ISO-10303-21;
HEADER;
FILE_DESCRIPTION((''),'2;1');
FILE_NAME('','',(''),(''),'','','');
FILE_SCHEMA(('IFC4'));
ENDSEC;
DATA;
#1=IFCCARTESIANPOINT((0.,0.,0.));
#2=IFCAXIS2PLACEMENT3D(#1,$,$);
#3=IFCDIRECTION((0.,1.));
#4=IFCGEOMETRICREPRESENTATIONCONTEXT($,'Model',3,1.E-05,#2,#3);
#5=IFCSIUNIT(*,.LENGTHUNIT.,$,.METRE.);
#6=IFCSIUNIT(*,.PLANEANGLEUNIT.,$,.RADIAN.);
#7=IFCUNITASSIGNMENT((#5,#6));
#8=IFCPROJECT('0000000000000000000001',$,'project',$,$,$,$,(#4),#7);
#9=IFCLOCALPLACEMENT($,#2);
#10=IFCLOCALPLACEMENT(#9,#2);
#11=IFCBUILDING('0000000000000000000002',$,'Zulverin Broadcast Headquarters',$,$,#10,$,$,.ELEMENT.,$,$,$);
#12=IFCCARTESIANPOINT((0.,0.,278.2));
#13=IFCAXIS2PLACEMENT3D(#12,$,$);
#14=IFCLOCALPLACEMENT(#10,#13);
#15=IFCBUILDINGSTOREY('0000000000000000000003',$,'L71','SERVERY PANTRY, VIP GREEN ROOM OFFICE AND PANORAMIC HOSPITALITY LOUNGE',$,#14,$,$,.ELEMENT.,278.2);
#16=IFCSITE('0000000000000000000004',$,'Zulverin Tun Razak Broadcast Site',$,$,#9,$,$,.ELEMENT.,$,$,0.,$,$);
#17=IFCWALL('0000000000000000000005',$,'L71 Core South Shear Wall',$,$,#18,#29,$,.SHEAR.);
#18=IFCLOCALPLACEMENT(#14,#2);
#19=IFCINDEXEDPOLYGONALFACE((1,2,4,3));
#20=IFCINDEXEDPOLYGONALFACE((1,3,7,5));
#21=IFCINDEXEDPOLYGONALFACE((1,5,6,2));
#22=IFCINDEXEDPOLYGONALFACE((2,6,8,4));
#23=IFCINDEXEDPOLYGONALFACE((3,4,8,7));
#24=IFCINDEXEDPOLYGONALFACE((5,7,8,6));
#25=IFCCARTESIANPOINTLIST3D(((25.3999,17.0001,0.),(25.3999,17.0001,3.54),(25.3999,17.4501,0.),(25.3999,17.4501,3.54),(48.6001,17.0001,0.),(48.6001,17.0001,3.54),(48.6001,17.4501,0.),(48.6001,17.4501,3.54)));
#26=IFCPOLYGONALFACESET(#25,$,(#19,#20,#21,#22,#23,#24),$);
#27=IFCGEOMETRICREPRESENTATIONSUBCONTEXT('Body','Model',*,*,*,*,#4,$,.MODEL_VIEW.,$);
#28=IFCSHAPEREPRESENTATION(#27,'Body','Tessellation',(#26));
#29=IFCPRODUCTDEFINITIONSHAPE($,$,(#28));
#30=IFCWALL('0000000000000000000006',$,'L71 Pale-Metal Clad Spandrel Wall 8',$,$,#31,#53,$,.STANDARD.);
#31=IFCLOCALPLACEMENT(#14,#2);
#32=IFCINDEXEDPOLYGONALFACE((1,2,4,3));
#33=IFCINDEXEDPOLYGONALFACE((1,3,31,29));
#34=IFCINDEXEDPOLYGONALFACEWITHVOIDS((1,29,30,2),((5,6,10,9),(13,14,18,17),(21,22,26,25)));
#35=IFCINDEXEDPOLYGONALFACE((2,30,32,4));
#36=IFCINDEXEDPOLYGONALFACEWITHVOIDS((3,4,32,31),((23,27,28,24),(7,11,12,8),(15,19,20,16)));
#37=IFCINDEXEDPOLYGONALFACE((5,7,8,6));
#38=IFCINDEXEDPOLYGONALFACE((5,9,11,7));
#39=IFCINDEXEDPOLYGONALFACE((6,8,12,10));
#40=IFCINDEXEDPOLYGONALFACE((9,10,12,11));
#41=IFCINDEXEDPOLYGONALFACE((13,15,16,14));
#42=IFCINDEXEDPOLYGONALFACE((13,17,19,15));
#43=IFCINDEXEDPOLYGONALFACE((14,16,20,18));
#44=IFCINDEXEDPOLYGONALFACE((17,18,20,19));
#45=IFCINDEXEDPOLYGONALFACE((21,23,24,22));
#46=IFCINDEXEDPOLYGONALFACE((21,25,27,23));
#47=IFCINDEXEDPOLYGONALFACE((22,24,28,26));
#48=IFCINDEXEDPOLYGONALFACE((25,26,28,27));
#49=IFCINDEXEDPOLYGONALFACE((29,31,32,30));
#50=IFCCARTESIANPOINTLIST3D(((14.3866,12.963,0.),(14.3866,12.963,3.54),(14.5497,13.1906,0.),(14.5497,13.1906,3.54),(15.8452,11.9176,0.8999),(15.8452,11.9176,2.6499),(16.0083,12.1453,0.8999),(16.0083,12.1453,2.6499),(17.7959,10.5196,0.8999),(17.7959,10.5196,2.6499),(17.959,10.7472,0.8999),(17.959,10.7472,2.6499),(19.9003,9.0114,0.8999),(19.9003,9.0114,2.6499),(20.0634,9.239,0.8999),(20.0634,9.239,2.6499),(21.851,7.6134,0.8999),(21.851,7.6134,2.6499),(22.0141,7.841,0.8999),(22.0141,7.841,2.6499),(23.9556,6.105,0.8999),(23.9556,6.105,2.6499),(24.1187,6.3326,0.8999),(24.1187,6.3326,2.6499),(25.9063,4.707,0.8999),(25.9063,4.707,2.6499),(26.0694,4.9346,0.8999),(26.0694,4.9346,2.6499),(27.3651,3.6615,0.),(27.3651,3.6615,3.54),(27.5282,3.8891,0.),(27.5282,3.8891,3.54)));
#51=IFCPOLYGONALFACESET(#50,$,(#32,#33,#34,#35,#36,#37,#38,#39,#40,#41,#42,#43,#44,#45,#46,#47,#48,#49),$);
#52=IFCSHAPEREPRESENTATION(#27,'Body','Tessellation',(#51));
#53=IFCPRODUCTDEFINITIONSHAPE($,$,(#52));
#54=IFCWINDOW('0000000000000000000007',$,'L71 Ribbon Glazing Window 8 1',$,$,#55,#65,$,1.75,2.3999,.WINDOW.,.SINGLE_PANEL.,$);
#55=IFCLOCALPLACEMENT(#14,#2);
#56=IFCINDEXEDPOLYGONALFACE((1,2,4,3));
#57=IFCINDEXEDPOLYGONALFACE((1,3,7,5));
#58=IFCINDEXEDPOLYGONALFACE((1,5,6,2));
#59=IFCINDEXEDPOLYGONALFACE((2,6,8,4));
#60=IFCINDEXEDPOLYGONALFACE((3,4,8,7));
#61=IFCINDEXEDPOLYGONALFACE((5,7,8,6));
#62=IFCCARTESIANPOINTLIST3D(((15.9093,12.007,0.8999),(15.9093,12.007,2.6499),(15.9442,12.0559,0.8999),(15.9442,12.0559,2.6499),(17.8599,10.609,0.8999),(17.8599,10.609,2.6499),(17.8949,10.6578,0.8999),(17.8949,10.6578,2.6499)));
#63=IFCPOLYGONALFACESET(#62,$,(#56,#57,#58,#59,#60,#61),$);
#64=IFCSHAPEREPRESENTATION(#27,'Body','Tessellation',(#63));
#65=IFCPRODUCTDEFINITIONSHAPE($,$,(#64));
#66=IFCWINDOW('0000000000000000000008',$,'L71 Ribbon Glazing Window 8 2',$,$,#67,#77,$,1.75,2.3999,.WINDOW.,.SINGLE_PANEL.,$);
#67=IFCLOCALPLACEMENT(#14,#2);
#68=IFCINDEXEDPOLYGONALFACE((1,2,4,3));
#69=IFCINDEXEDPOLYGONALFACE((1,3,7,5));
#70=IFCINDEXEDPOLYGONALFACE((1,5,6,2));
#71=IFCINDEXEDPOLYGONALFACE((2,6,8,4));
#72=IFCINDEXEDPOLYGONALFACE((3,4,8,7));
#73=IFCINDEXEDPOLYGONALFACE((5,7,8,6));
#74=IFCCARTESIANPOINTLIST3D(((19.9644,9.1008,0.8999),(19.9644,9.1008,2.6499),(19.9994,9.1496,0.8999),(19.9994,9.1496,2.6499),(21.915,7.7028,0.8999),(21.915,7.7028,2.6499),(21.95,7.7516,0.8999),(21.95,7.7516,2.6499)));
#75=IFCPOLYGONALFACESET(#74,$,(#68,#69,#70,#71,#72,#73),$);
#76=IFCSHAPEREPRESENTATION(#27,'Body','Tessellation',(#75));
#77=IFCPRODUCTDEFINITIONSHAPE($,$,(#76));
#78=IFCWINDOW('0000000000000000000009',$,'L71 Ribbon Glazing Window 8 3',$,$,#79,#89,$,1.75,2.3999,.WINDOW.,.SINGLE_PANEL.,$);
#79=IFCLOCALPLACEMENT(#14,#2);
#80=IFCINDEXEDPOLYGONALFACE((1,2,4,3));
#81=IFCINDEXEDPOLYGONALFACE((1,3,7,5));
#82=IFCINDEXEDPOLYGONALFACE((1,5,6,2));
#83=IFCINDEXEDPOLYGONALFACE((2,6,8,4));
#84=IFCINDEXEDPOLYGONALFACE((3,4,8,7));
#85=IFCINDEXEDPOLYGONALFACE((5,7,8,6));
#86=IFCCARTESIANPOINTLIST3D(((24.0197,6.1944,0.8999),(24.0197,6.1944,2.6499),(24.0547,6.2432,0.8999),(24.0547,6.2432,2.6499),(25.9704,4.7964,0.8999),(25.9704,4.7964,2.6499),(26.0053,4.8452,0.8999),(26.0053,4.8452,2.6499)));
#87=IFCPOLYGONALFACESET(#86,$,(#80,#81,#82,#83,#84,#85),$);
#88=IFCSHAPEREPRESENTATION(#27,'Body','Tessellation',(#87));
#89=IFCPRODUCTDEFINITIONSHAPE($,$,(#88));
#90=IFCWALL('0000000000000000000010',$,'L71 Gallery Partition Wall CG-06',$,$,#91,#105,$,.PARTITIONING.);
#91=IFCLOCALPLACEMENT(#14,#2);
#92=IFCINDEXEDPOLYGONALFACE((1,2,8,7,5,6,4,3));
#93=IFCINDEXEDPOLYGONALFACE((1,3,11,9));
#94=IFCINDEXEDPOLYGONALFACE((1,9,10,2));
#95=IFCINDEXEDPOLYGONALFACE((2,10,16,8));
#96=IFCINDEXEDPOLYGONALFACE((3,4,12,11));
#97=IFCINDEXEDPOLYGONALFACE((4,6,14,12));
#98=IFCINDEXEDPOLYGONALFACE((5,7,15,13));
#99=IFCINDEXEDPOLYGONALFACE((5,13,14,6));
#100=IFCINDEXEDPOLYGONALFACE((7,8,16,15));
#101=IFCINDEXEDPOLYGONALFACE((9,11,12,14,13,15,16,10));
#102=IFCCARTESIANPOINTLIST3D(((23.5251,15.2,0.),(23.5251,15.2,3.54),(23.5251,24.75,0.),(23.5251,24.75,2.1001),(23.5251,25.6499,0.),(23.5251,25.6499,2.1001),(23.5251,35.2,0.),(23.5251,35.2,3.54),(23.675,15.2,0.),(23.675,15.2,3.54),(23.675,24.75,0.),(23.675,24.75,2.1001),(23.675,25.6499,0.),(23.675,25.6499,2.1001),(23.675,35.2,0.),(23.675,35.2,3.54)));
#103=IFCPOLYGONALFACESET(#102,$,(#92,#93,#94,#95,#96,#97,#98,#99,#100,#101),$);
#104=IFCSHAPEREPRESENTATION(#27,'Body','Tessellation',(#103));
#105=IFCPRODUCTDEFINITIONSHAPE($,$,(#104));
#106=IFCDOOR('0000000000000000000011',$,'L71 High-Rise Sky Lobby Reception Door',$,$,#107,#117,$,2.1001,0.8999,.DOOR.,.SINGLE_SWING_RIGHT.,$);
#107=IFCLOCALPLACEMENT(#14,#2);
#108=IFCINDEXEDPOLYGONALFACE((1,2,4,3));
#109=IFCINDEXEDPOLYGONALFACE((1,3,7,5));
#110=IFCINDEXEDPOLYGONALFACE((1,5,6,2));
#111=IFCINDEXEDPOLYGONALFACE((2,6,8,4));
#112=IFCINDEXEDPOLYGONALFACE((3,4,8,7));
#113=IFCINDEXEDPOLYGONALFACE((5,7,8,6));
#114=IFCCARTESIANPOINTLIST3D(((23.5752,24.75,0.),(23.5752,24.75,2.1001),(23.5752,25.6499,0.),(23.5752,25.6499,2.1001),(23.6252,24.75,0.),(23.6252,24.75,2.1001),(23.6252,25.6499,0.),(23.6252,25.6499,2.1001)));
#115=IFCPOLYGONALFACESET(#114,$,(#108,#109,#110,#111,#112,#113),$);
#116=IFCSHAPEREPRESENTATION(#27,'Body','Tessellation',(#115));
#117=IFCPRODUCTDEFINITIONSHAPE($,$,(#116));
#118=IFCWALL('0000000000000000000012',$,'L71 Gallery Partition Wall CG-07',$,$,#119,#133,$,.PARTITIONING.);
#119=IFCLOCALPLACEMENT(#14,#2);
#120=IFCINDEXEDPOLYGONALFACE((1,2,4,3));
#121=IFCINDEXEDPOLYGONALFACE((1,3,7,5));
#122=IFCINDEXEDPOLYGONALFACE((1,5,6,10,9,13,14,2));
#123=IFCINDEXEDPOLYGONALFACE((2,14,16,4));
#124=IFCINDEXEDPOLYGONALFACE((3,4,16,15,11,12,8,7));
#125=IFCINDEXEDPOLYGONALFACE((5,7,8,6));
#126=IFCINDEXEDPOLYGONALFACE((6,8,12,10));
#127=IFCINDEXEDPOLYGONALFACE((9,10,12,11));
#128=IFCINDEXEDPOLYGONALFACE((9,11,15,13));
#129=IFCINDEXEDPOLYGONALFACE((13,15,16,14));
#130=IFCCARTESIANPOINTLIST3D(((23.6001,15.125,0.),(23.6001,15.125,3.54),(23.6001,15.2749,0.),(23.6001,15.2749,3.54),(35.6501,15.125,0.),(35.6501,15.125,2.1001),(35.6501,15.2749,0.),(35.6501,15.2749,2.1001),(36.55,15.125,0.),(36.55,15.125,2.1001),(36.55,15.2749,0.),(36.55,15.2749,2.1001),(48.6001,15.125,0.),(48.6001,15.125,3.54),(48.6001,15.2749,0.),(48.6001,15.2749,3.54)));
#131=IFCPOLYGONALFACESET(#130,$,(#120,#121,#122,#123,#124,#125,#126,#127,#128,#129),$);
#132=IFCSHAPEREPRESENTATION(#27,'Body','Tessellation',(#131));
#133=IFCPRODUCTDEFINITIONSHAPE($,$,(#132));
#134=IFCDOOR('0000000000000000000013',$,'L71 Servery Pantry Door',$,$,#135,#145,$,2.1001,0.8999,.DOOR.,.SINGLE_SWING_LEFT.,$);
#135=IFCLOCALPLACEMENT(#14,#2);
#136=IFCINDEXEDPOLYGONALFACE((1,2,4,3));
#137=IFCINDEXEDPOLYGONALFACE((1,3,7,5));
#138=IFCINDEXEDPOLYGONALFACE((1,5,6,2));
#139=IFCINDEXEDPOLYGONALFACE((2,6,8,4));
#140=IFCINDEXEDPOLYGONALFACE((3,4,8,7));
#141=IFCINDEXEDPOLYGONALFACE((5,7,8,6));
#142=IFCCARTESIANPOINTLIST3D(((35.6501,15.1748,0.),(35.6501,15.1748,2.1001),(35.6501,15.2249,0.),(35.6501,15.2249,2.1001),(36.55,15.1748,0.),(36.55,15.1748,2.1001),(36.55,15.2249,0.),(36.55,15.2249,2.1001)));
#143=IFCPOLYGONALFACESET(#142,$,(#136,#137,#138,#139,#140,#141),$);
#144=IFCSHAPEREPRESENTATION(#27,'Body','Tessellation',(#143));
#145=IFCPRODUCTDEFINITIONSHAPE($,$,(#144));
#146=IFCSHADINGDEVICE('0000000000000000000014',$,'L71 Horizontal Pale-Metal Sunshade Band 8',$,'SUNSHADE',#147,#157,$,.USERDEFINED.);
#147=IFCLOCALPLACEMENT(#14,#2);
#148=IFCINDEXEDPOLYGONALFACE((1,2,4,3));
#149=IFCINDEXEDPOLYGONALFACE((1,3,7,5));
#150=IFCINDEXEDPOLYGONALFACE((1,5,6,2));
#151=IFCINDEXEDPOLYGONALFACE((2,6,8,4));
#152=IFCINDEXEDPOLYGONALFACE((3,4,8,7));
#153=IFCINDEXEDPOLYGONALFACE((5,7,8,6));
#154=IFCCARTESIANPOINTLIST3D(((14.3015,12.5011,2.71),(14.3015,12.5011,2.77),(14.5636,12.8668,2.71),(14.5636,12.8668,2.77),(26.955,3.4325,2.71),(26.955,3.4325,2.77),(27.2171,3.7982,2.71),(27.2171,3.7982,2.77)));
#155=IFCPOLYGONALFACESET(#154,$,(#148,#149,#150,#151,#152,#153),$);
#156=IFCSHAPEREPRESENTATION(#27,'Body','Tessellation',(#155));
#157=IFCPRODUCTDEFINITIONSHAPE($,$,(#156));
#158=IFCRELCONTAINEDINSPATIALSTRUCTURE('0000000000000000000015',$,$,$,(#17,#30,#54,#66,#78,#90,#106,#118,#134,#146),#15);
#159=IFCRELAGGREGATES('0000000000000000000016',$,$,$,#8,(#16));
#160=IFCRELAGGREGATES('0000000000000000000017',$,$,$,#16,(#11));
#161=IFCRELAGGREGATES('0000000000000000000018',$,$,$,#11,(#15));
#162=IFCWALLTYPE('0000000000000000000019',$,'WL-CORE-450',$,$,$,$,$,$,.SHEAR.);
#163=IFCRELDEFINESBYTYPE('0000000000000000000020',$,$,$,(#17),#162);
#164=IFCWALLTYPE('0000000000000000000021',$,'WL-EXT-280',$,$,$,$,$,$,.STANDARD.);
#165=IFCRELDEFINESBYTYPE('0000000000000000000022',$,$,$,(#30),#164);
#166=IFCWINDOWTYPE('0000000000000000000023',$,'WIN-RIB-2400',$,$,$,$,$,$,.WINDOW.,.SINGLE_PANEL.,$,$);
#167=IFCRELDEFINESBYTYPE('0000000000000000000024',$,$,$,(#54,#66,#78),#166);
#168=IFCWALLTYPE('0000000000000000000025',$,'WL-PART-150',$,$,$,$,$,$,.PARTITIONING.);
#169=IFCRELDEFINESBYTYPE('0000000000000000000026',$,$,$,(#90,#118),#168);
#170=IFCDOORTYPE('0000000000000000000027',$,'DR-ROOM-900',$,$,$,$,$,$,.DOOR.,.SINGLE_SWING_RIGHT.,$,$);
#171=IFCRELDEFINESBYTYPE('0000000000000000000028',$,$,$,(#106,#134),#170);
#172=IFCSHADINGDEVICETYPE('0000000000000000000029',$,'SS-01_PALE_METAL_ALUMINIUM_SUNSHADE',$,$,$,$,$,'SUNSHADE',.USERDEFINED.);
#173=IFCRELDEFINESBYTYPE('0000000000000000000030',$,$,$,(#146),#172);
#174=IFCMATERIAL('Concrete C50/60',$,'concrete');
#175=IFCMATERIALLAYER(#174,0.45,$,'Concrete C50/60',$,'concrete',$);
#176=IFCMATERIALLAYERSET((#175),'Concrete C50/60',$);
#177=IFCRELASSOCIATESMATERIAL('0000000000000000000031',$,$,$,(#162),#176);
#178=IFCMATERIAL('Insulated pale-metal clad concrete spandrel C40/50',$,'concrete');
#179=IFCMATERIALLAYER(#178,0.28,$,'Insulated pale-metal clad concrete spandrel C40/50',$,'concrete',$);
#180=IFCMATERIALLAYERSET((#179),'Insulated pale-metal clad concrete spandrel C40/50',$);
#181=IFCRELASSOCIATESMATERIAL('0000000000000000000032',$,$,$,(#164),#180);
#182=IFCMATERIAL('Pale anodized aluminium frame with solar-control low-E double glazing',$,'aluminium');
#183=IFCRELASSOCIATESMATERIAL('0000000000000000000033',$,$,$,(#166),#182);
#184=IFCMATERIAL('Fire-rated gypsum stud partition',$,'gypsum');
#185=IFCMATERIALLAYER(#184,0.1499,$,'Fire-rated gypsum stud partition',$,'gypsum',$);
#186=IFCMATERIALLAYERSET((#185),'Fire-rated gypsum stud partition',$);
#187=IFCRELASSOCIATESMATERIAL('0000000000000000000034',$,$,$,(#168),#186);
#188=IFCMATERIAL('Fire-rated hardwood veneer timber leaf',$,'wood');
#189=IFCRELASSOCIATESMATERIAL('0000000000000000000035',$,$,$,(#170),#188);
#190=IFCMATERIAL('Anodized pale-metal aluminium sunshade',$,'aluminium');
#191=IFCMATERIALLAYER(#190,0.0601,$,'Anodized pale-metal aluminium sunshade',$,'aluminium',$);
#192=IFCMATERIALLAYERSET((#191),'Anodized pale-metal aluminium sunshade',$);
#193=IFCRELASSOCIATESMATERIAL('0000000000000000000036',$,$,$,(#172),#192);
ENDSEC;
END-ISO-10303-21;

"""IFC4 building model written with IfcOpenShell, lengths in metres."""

from ifc_helpers import new_model, si_unit, direction, frame, frame_2d, origin, origin_2d, place, context, subcontext, project, spatial, rectangle, extrude, material, layer, layer_set, type_object, element, fill, save


model = new_model("IFC4")

# Units and contexts
model_context = context("Model", 3, precision=1e-05, world=origin(), true_north=direction((0.0, 1.0)))
body_context = subcontext(model_context, "Body", "Model", "MODEL_VIEW")
ifc_project = project(units=[si_unit("LENGTHUNIT", "METRE"), si_unit("PLANEANGLEUNIT", "RADIAN")], contexts=[model_context])

# Site, building, storey
site_placement = place(None, origin())
site = spatial("IfcSite", under=ifc_project, at=site_placement, Name="Zulverin Tun Razak Broadcast Site", CompositionType="ELEMENT", RefElevation=0.0)
building_placement = place(site_placement, origin())
building = spatial("IfcBuilding", under=site, at=building_placement, Name="Zulverin Broadcast Headquarters", CompositionType="ELEMENT")
storey_placement = place(building_placement, frame((0.0, 0.0, 278.2)))
storey = spatial("IfcBuildingStorey", under=building, at=storey_placement, Name="L71", Description="SERVERY PANTRY, VIP GREEN ROOM OFFICE AND PANORAMIC HOSPITALITY LOUNGE", CompositionType="ELEMENT", Elevation=278.2)

# Shared definitions
ifc_material_1 = material(Name="Concrete C50/60", Category="concrete")

# Wall
ifc_layer_1 = layer(ifc_material_1, 0.45, Name="Concrete C50/60", Category="concrete")
ifc_layer_set_1 = layer_set([ifc_layer_1], Name="Concrete C50/60")
wall_type_1 = type_object("IfcWallType", Name="WL-CORE-450", PredefinedType="SHEAR", material=ifc_layer_set_1)
wall_1_placement = place(storey_placement, frame((25.3999, 17.2251, 0.0), z_axis=(0.0, 0.0, 1.0), x_axis=(1.0, 0.0, 0.0)))
element("IfcWall", 1, at=wall_1_placement, inside=storey, type_object=wall_type_1, Name="L71 Core South Shear Wall", PredefinedType="SHEAR", context=body_context, shape_type="SweptSolid", body=[
    extrude(rectangle(XDim=23.2002, YDim=0.45, at=frame_2d((11.6001, 0.0))), origin(), (0.0, 0.0, 1.0), 3.54),
])

# Wall, openings, windows
ifc_material_2 = material(Name="Insulated pale-metal clad concrete spandrel C40/50", Category="concrete")
ifc_layer_2 = layer(ifc_material_2, 0.28, Name="Insulated pale-metal clad concrete spandrel C40/50", Category="concrete")
ifc_layer_set_2 = layer_set([ifc_layer_2], Name="Insulated pale-metal clad concrete spandrel C40/50")
wall_type_2 = type_object("IfcWallType", Name="WL-EXT-280", PredefinedType="STANDARD", material=ifc_layer_set_2)
wall_2_placement = place(storey_placement, frame((14.468, 13.0769, 0.0), z_axis=(0.0, 0.0, 1.0), x_axis=(0.81281, -0.582529, 0.0)))
wall_2 = element("IfcWall", 2, at=wall_2_placement, inside=storey, type_object=wall_type_2, Name="L71 Pale-Metal Clad Spandrel Wall 8", PredefinedType="STANDARD", context=body_context, shape_type="SweptSolid", body=[
    extrude(rectangle(XDim=15.9675, YDim=0.28, at=frame_2d((7.9839, 0.0))), origin(), (0.0, 0.0, 1.0), 3.54),
])
opening_1_placement = place(wall_2_placement, frame((1.7947, 0.0, 0.8999)))
opening_1 = element("IfcOpeningElement", 3, at=opening_1_placement, cuts=wall_2, PredefinedType="OPENING", context=body_context, shape_type="SweptSolid", body=[
    extrude(rectangle(XDim=2.3999, YDim=1.75, at=frame_2d((1.2, 0.875))), frame((0.0, 0.1499, 0.0), z_axis=(0.0, -1.0, 0.0), x_axis=(1.0, 0.0, 0.0)), (0.0, 0.0, 1.0), 0.3),
])
opening_2_placement = place(wall_2_placement, frame((6.7837, 0.0, 0.8999)))
opening_2 = element("IfcOpeningElement", 4, at=opening_2_placement, cuts=wall_2, PredefinedType="OPENING", context=body_context, shape_type="SweptSolid", body=[
    extrude(rectangle(XDim=2.3999, YDim=1.75, at=frame_2d((1.2, 0.875))), frame((0.0, 0.1499, 0.0), z_axis=(0.0, -1.0, 0.0), x_axis=(1.0, 0.0, 0.0)), (0.0, 0.0, 1.0), 0.3),
])
opening_3_placement = place(wall_2_placement, frame((11.7729, 0.0, 0.8999)))
opening_3 = element("IfcOpeningElement", 5, at=opening_3_placement, cuts=wall_2, PredefinedType="OPENING", context=body_context, shape_type="SweptSolid", body=[
    extrude(rectangle(XDim=2.3999, YDim=1.75, at=frame_2d((1.2, 0.875))), frame((0.0, 0.1499, 0.0), z_axis=(0.0, -1.0, 0.0), x_axis=(1.0, 0.0, 0.0)), (0.0, 0.0, 1.0), 0.3),
])
ifc_material_3 = material(Name="Pale anodized aluminium frame with solar-control low-E double glazing", Category="aluminium")
window_type = type_object("IfcWindowType", Name="WIN-RIB-2400", PartitioningType="SINGLE_PANEL", PredefinedType="WINDOW", material=ifc_material_3)
window_1_placement = place(opening_1_placement, origin())
window_1 = element("IfcWindow", 6, at=window_1_placement, inside=storey, type_object=window_type, Name="L71 Ribbon Glazing Window 8 1", OverallHeight=1.75, OverallWidth=2.3999, PartitioningType="SINGLE_PANEL", PredefinedType="WINDOW", context=body_context, shape_type="SweptSolid", body=[
    extrude(rectangle(XDim=2.3999, YDim=1.75, at=frame_2d((1.2, 0.875))), frame((0.0, 0.03, 0.0), z_axis=(0.0, -1.0, 0.0), x_axis=(1.0, 0.0, 0.0)), (0.0, 0.0, 1.0), 0.0601),
])
fill(opening_1, window_1)
window_2_placement = place(opening_2_placement, origin())
window_2 = element("IfcWindow", 7, at=window_2_placement, inside=storey, type_object=window_type, Name="L71 Ribbon Glazing Window 8 2", OverallHeight=1.75, OverallWidth=2.3999, PartitioningType="SINGLE_PANEL", PredefinedType="WINDOW", context=body_context, shape_type="SweptSolid", body=[
    extrude(rectangle(XDim=2.3999, YDim=1.75, at=frame_2d((1.2, 0.875))), frame((0.0, 0.03, 0.0), z_axis=(0.0, -1.0, 0.0), x_axis=(1.0, 0.0, 0.0)), (0.0, 0.0, 1.0), 0.0601),
])
fill(opening_2, window_2)
window_3_placement = place(opening_3_placement, origin())
window_3 = element("IfcWindow", 8, at=window_3_placement, inside=storey, type_object=window_type, Name="L71 Ribbon Glazing Window 8 3", OverallHeight=1.75, OverallWidth=2.3999, PartitioningType="SINGLE_PANEL", PredefinedType="WINDOW", context=body_context, shape_type="SweptSolid", body=[
    extrude(rectangle(XDim=2.3999, YDim=1.75, at=frame_2d((1.2, 0.875))), frame((0.0, 0.03, 0.0), z_axis=(0.0, -1.0, 0.0), x_axis=(1.0, 0.0, 0.0)), (0.0, 0.0, 1.0), 0.0601),
])
fill(opening_3, window_3)

# Walls, openings, doors
ifc_material_4 = material(Name="Fire-rated gypsum stud partition", Category="gypsum")
ifc_layer_3 = layer(ifc_material_4, 0.1499, Name="Fire-rated gypsum stud partition", Category="gypsum")
ifc_layer_set_3 = layer_set([ifc_layer_3], Name="Fire-rated gypsum stud partition")
wall_type_3 = type_object("IfcWallType", Name="WL-PART-150", PredefinedType="PARTITIONING", material=ifc_layer_set_3)
wall_3_placement = place(storey_placement, frame((23.6001, 15.2, 0.0), z_axis=(0.0, 0.0, 1.0), x_axis=(0.0, 1.0, 0.0)))
wall_3 = element("IfcWall", 9, at=wall_3_placement, inside=storey, type_object=wall_type_3, Name="L71 Gallery Partition Wall CG-06", PredefinedType="PARTITIONING", context=body_context, shape_type="SweptSolid", body=[
    extrude(rectangle(XDim=20.0, YDim=0.1499, at=frame_2d((10.0, 0.0))), origin(), (0.0, 0.0, 1.0), 3.54),
])
opening_4_placement = place(wall_3_placement, frame((9.55, 0.0, 0.0)))
opening_4 = element("IfcOpeningElement", 10, at=opening_4_placement, cuts=wall_3, PredefinedType="OPENING", context=body_context, shape_type="SweptSolid", body=[
    extrude(rectangle(XDim=0.8999, YDim=2.1001, at=frame_2d((0.45, 1.05))), frame((0.0, 0.085, 0.0), z_axis=(0.0, -1.0, 0.0), x_axis=(1.0, 0.0, 0.0)), (0.0, 0.0, 1.0), 0.1699),
])
ifc_material_5 = material(Name="Fire-rated hardwood veneer timber leaf", Category="wood")
door_type_1 = type_object("IfcDoorType", Name="DR-ROOM-900", OperationType="SINGLE_SWING_RIGHT", PredefinedType="DOOR", material=ifc_material_5)
door_1_placement = place(opening_4_placement, origin())
door_1 = element("IfcDoor", 11, at=door_1_placement, inside=storey, type_object=door_type_1, Name="L71 High-Rise Sky Lobby Reception Door", OperationType="SINGLE_SWING_RIGHT", OverallHeight=2.1001, OverallWidth=0.8999, PredefinedType="DOOR", context=body_context, shape_type="SweptSolid", body=[
    extrude(rectangle(XDim=0.8999, YDim=2.1001, at=frame_2d((0.45, 1.05))), frame((0.0, 0.0249, 0.0), z_axis=(0.0, -1.0, 0.0), x_axis=(1.0, 0.0, 0.0)), (0.0, 0.0, 1.0), 0.05),
])
fill(opening_4, door_1)
wall_4_placement = place(storey_placement, frame((23.6001, 15.2, 0.0), z_axis=(0.0, 0.0, 1.0), x_axis=(1.0, 0.0, 0.0)))
wall_4 = element("IfcWall", 12, at=wall_4_placement, inside=storey, type_object=wall_type_3, Name="L71 Gallery Partition Wall CG-07", PredefinedType="PARTITIONING", context=body_context, shape_type="SweptSolid", body=[
    extrude(rectangle(XDim=25.0, YDim=0.1499, at=frame_2d((12.5, 0.0))), origin(), (0.0, 0.0, 1.0), 3.54),
])
opening_5_placement = place(wall_4_placement, frame((12.05, 0.0, 0.0)))
opening_5 = element("IfcOpeningElement", 13, at=opening_5_placement, cuts=wall_4, PredefinedType="OPENING", context=body_context, shape_type="SweptSolid", body=[
    extrude(rectangle(XDim=0.8999, YDim=2.1001, at=frame_2d((0.45, 1.05))), frame((0.0, 0.085, 0.0), z_axis=(0.0, -1.0, 0.0), x_axis=(1.0, 0.0, 0.0)), (0.0, 0.0, 1.0), 0.1699),
])
door_2_placement = place(opening_5_placement, origin())
door_2 = element("IfcDoor", 14, at=door_2_placement, inside=storey, type_object=door_type_1, Name="L71 Servery Pantry Door", OperationType="SINGLE_SWING_LEFT", OverallHeight=2.1001, OverallWidth=0.8999, PredefinedType="DOOR", context=body_context, shape_type="SweptSolid", body=[
    extrude(rectangle(XDim=0.8999, YDim=2.1001, at=frame_2d((0.45, 1.05))), frame((0.0, 0.0249, 0.0), z_axis=(0.0, -1.0, 0.0), x_axis=(1.0, 0.0, 0.0)), (0.0, 0.0, 1.0), 0.05),
])
fill(opening_5, door_2)

# Shading device
ifc_material_6 = material(Name="Anodized pale-metal aluminium sunshade", Category="aluminium")
ifc_layer_4 = layer(ifc_material_6, 0.0601, Name="Anodized pale-metal aluminium sunshade", Category="aluminium")
ifc_layer_set_4 = layer_set([ifc_layer_4], Name="Anodized pale-metal aluminium sunshade")
shading_device_type = type_object("IfcShadingDeviceType", Name="SS-01_PALE_METAL_ALUMINIUM_SUNSHADE", ElementType="SUNSHADE", PredefinedType="USERDEFINED", material=ifc_layer_set_4)
shading_device_placement = place(storey_placement, frame((20.7593, 8.1497, 2.71), z_axis=(0.0, 0.0, 1.0), x_axis=(0.812809, -0.58253, 0.0)))
element("IfcShadingDevice", 15, at=shading_device_placement, inside=storey, type_object=shading_device_type, Name="L71 Horizontal Pale-Metal Sunshade Band 8", ObjectType="SUNSHADE", PredefinedType="USERDEFINED", context=body_context, shape_type="SweptSolid", body=[
    extrude(rectangle(XDim=15.5676, YDim=0.45, at=origin_2d()), origin(), (0.0, 0.0, 1.0), 0.0601),
])

save(model, "model.ifc")
